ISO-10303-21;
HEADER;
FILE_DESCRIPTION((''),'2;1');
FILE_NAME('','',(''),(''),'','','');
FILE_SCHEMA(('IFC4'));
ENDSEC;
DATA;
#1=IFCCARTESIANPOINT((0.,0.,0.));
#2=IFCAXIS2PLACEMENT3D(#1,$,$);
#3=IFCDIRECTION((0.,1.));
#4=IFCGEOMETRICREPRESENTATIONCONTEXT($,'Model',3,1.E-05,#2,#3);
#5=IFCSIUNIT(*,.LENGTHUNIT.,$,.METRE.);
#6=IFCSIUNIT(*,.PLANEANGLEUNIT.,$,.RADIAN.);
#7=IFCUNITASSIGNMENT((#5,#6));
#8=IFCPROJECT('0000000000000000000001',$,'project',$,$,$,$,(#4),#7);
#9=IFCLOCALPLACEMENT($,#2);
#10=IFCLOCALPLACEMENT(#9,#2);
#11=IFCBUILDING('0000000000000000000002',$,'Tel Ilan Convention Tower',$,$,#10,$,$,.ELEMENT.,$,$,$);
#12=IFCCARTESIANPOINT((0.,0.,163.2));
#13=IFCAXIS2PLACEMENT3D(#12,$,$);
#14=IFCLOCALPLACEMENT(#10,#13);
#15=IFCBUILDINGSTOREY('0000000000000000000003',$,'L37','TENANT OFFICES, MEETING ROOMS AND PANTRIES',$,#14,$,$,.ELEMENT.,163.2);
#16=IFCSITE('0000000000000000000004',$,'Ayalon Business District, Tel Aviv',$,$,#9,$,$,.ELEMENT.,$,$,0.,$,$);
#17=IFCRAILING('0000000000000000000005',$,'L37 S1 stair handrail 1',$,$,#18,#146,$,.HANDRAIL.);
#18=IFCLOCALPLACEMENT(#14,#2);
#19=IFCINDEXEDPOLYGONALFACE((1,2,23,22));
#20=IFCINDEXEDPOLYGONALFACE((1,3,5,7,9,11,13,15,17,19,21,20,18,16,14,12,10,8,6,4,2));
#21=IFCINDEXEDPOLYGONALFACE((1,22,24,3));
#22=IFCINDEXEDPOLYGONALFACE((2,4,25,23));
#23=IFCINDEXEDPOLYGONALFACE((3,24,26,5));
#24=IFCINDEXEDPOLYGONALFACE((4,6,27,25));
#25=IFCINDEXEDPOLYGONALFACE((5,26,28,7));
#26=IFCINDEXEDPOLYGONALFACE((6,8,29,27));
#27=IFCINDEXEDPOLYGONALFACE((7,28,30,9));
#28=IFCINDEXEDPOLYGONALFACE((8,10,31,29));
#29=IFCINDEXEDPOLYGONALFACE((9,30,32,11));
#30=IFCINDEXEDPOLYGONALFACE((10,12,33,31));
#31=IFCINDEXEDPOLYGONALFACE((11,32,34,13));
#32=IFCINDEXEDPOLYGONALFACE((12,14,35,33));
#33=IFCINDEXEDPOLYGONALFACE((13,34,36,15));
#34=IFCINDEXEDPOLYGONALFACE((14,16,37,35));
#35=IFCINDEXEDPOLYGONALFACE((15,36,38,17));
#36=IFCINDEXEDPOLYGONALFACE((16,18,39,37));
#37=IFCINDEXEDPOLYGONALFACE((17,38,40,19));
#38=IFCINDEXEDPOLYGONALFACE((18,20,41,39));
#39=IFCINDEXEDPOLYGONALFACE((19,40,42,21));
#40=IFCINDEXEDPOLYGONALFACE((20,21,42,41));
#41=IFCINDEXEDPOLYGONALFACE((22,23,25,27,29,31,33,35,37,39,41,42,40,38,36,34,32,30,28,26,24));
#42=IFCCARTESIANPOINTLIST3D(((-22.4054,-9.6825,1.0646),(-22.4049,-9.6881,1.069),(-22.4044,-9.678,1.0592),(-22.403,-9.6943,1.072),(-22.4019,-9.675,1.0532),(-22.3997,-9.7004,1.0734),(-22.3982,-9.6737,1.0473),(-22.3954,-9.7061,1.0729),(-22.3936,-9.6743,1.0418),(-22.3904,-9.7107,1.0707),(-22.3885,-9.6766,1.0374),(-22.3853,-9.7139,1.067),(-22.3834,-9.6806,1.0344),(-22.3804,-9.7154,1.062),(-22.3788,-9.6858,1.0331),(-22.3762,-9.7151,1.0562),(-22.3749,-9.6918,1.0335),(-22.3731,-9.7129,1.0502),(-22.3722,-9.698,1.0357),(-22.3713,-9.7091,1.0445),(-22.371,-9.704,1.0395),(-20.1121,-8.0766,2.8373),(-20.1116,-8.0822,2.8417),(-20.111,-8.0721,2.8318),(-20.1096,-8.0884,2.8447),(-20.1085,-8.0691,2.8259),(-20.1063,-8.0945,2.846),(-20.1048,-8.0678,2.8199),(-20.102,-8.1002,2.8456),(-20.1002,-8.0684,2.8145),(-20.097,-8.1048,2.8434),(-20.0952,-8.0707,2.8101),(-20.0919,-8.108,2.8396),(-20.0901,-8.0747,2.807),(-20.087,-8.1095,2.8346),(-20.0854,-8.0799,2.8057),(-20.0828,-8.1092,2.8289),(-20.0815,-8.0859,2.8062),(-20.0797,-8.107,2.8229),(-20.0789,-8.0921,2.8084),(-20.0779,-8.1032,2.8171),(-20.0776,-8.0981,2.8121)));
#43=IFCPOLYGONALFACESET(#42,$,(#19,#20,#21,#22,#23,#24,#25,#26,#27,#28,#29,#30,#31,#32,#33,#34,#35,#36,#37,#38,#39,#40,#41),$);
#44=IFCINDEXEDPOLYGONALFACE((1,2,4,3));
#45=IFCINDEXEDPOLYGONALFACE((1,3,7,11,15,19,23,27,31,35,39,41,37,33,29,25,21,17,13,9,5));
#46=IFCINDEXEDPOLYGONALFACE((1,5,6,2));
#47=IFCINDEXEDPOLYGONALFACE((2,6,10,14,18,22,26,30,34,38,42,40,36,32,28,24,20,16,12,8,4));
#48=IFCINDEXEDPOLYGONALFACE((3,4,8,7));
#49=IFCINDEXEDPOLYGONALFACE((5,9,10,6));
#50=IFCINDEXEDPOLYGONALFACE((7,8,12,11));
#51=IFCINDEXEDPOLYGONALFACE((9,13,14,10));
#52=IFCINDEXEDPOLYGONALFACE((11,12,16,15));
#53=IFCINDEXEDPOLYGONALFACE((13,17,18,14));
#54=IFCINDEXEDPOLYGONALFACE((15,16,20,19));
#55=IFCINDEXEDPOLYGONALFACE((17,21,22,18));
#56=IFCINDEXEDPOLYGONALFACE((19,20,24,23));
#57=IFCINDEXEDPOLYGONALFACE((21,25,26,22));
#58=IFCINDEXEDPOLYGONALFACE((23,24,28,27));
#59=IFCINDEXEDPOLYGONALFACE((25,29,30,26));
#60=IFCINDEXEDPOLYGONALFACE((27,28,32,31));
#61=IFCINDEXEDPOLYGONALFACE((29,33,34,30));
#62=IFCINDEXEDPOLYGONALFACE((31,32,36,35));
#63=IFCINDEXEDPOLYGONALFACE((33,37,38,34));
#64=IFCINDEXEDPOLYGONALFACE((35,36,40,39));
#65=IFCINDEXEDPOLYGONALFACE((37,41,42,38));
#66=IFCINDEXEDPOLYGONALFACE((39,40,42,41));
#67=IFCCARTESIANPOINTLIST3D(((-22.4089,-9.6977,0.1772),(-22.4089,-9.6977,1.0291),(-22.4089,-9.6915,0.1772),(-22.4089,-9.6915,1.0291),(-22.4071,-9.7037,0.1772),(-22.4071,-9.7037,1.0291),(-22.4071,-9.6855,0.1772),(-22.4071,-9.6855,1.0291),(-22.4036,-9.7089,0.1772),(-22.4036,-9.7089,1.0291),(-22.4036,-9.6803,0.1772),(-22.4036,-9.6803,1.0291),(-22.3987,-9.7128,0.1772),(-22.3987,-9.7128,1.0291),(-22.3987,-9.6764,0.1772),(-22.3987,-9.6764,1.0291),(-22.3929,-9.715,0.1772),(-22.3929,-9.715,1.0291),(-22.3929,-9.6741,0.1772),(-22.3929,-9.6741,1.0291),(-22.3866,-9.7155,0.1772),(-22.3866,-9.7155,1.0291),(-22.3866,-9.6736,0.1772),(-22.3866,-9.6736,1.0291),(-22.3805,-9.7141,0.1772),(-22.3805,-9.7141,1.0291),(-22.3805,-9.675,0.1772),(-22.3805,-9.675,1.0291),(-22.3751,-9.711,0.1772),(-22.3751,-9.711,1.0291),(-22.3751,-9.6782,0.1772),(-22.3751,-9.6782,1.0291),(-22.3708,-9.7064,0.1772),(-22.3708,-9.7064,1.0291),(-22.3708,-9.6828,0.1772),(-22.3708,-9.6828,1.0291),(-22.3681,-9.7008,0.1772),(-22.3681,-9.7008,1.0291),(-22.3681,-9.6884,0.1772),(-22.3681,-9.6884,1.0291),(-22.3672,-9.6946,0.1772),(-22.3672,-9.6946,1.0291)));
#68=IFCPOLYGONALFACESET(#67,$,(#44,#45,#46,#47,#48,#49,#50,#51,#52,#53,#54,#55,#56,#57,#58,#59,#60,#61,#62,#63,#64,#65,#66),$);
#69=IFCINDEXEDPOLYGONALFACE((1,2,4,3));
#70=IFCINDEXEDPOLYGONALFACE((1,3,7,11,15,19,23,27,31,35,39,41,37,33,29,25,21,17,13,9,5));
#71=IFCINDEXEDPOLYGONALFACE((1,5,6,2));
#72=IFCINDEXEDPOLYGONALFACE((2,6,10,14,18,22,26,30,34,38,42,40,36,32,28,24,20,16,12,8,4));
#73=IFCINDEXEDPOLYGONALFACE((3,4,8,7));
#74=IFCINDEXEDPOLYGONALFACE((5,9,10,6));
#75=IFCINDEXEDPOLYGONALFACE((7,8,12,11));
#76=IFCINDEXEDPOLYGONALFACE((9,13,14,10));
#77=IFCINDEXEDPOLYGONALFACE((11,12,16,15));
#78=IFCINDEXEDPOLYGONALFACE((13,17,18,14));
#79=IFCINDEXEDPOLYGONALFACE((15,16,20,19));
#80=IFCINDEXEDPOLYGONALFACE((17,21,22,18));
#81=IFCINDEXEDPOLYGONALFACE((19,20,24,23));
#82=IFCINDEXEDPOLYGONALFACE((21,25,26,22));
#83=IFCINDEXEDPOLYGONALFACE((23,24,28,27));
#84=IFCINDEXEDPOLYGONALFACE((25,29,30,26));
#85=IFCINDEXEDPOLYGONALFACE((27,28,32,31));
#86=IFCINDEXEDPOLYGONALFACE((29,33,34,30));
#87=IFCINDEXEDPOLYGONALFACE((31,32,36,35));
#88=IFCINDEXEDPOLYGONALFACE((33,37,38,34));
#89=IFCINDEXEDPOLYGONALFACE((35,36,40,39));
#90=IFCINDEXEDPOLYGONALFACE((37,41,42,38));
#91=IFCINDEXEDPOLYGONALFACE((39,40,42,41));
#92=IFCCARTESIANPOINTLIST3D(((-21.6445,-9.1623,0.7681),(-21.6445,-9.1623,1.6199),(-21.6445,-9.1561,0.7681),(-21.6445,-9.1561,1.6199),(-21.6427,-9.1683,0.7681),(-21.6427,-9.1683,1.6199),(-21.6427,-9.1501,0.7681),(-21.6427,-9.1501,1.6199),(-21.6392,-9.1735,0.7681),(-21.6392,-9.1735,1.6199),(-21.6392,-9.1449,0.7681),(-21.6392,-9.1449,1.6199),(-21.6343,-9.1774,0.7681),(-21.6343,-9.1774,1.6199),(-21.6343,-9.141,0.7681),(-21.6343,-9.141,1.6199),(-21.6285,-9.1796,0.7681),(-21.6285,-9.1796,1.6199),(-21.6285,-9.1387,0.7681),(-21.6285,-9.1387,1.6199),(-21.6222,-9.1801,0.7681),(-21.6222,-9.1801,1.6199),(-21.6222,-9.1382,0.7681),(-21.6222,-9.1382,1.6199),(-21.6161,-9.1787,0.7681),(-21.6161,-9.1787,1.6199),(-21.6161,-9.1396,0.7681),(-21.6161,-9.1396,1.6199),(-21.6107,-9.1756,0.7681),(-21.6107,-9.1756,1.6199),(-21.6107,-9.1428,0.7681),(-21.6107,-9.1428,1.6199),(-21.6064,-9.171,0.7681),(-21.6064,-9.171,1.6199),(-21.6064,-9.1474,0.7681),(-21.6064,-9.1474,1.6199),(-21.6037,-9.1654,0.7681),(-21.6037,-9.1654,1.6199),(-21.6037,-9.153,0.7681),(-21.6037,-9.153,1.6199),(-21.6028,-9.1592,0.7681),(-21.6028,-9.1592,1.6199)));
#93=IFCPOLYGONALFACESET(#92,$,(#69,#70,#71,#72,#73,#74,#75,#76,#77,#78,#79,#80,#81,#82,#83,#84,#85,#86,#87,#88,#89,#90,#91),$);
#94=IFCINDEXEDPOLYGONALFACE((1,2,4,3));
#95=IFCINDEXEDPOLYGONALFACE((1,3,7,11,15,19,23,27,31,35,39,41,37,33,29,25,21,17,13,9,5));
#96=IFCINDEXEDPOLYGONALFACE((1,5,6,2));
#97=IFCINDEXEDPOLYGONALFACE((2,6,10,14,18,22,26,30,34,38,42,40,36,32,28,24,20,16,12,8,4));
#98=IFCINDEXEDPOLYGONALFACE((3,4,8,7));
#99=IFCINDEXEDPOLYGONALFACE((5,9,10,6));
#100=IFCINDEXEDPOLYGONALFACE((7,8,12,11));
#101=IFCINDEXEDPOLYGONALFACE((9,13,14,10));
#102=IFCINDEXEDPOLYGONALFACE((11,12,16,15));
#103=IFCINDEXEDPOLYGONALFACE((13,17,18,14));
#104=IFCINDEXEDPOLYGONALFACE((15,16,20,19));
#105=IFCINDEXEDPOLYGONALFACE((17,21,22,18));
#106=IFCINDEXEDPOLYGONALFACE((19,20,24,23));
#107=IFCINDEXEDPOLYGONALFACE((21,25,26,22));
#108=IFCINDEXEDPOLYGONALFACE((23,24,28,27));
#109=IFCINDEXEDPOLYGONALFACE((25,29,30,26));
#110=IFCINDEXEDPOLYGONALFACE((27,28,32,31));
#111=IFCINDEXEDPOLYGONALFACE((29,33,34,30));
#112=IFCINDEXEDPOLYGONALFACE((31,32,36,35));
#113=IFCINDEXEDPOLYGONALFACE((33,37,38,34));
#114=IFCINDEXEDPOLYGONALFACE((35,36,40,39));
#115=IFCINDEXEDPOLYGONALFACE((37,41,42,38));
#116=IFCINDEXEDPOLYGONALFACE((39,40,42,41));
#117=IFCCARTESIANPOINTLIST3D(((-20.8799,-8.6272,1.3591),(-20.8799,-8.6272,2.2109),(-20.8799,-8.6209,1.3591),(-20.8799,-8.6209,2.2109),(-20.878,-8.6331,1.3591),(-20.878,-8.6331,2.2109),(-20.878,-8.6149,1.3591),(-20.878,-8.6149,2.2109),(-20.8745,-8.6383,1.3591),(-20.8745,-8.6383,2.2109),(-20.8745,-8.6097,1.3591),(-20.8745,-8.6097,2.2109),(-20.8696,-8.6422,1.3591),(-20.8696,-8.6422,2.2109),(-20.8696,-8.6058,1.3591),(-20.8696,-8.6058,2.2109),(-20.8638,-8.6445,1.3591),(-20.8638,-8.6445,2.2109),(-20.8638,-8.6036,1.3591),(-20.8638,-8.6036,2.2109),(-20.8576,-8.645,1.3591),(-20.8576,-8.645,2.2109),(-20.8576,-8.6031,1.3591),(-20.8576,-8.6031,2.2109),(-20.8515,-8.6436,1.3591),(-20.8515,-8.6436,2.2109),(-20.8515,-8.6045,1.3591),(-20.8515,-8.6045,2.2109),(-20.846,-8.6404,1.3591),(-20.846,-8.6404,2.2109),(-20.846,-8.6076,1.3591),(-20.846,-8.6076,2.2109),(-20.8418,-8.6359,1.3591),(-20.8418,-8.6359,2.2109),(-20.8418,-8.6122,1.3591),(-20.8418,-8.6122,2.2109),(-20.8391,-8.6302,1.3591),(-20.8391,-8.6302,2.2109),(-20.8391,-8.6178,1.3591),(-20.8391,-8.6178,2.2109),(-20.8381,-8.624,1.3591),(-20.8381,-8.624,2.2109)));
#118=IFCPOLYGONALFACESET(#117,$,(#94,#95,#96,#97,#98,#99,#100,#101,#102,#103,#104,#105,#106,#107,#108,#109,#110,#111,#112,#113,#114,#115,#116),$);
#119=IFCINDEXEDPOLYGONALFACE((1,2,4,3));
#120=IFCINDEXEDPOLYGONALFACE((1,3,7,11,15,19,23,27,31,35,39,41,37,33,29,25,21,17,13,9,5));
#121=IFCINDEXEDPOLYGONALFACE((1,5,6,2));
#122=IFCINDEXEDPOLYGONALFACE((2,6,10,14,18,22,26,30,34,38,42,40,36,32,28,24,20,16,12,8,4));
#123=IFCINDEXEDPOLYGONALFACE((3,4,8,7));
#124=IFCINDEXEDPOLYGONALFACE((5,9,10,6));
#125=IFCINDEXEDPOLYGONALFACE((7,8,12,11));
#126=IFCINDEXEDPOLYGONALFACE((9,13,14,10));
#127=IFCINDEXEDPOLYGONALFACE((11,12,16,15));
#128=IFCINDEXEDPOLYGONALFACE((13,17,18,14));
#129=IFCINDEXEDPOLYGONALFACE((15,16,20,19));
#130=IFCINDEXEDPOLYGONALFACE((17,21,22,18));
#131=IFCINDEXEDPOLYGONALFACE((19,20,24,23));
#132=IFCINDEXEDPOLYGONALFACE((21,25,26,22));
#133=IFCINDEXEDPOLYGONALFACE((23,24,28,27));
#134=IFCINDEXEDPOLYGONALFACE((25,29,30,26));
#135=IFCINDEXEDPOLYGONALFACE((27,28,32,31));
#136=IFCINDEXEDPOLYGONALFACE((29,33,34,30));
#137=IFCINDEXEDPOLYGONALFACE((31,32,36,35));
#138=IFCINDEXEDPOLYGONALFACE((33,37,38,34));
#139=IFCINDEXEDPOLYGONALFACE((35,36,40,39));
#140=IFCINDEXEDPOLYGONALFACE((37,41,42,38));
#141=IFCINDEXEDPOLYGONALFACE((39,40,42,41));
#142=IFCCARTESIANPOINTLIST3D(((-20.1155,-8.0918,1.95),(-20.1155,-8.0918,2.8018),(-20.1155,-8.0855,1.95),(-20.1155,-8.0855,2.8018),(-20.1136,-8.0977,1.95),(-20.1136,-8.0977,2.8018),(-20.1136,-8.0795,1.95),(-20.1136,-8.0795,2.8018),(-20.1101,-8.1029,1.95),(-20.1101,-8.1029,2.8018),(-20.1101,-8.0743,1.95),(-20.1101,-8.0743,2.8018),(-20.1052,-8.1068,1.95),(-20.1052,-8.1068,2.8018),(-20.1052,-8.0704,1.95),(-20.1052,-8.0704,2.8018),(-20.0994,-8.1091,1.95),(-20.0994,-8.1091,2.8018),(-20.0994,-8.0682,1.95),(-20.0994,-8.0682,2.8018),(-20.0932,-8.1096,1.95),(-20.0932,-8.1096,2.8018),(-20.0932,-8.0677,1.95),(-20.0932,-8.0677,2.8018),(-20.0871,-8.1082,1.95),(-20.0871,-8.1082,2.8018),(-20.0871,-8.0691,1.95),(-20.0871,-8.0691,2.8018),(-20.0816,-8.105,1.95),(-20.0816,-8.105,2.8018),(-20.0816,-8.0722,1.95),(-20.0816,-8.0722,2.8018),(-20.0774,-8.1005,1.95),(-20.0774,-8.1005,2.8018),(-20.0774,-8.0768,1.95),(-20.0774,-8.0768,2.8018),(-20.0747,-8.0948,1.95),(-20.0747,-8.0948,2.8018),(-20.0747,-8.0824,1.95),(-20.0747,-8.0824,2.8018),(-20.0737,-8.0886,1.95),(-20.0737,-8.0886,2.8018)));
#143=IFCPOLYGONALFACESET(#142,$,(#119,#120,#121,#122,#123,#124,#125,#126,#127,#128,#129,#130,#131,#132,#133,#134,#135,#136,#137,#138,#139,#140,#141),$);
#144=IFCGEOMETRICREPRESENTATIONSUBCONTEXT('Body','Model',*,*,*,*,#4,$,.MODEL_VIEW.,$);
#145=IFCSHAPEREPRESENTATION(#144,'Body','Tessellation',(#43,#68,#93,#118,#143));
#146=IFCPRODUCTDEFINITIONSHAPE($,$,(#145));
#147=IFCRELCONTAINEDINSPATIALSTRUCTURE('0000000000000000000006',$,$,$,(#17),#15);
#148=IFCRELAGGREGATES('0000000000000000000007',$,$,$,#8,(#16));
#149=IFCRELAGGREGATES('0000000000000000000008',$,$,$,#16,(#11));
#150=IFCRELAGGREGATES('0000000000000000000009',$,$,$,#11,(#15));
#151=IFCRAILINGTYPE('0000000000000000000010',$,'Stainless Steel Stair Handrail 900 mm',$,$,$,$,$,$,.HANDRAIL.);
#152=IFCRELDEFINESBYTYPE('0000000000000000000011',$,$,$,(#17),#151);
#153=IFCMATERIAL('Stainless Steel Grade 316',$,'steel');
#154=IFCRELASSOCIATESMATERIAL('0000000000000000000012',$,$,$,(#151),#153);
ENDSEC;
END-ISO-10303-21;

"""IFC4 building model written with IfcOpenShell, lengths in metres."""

from ifc_helpers import new_model, si_unit, direction, frame, origin, origin_2d, place, context, subcontext, project, spatial, circle, extrude, material, type_object, element, save


model = new_model("IFC4")

# Units and contexts
model_context = context("Model", 3, precision=1e-05, world=origin(), true_north=direction((0.0, 1.0)))
body_context = subcontext(model_context, "Body", "Model", "MODEL_VIEW")
ifc_project = project(units=[si_unit("LENGTHUNIT", "METRE"), si_unit("PLANEANGLEUNIT", "RADIAN")], contexts=[model_context])

# Site, building, storey
site_placement = place(None, origin())
site = spatial("IfcSite", under=ifc_project, at=site_placement, Name="Ayalon Business District, Tel Aviv", CompositionType="ELEMENT", RefElevation=0.0)
building_placement = place(site_placement, origin())
building = spatial("IfcBuilding", under=site, at=building_placement, Name="Tel Ilan Convention Tower", CompositionType="ELEMENT")
storey_placement = place(building_placement, frame((0.0, 0.0, 163.2)))
storey = spatial("IfcBuildingStorey", under=building, at=storey_placement, Name="L37", Description="TENANT OFFICES, MEETING ROOMS AND PANTRIES", CompositionType="ELEMENT", Elevation=163.2)

# Railing
ifc_material_1 = material(Name="Stainless Steel Grade 316", Category="steel")
railing_type_1 = type_object("IfcRailingType", Name="Stainless Steel Stair Handrail 900 mm", PredefinedType="HANDRAIL", material=ifc_material_1)
railing_1_placement = place(storey_placement, frame((-22.3882, -9.6946, 0.1772)))
element("IfcRailing", 1, at=railing_1_placement, inside=storey, type_object=railing_type_1, Name="L37 S1 stair handrail 1", PredefinedType="HANDRAIL", context=body_context, shape_type="SweptSolid", body=[
    extrude(circle(Radius=0.0239, at=origin_2d()), frame((0.0, 0.0, 0.876), z_axis=(0.692085, 0.484621, 0.53494), x_axis=(-0.573591, 0.819142, 0.0)), (0.0, 0.0, 1.0), 3.3137),
    extrude(circle(Radius=0.021, at=origin_2d()), origin(), (0.0, 0.0, 1.0), 0.8518),
    extrude(circle(Radius=0.021, at=origin_2d()), frame((0.7644, 0.5354, 0.5908)), (0.0, 0.0, 1.0), 0.8518),
    extrude(circle(Radius=0.021, at=origin_2d()), frame((1.5291, 1.0706, 1.1819)), (0.0, 0.0, 1.0), 0.8518),
    extrude(circle(Radius=0.021, at=origin_2d()), frame((2.2935, 1.606, 1.7727)), (0.0, 0.0, 1.0), 0.8518),
])

save(model, "model.ifc")
